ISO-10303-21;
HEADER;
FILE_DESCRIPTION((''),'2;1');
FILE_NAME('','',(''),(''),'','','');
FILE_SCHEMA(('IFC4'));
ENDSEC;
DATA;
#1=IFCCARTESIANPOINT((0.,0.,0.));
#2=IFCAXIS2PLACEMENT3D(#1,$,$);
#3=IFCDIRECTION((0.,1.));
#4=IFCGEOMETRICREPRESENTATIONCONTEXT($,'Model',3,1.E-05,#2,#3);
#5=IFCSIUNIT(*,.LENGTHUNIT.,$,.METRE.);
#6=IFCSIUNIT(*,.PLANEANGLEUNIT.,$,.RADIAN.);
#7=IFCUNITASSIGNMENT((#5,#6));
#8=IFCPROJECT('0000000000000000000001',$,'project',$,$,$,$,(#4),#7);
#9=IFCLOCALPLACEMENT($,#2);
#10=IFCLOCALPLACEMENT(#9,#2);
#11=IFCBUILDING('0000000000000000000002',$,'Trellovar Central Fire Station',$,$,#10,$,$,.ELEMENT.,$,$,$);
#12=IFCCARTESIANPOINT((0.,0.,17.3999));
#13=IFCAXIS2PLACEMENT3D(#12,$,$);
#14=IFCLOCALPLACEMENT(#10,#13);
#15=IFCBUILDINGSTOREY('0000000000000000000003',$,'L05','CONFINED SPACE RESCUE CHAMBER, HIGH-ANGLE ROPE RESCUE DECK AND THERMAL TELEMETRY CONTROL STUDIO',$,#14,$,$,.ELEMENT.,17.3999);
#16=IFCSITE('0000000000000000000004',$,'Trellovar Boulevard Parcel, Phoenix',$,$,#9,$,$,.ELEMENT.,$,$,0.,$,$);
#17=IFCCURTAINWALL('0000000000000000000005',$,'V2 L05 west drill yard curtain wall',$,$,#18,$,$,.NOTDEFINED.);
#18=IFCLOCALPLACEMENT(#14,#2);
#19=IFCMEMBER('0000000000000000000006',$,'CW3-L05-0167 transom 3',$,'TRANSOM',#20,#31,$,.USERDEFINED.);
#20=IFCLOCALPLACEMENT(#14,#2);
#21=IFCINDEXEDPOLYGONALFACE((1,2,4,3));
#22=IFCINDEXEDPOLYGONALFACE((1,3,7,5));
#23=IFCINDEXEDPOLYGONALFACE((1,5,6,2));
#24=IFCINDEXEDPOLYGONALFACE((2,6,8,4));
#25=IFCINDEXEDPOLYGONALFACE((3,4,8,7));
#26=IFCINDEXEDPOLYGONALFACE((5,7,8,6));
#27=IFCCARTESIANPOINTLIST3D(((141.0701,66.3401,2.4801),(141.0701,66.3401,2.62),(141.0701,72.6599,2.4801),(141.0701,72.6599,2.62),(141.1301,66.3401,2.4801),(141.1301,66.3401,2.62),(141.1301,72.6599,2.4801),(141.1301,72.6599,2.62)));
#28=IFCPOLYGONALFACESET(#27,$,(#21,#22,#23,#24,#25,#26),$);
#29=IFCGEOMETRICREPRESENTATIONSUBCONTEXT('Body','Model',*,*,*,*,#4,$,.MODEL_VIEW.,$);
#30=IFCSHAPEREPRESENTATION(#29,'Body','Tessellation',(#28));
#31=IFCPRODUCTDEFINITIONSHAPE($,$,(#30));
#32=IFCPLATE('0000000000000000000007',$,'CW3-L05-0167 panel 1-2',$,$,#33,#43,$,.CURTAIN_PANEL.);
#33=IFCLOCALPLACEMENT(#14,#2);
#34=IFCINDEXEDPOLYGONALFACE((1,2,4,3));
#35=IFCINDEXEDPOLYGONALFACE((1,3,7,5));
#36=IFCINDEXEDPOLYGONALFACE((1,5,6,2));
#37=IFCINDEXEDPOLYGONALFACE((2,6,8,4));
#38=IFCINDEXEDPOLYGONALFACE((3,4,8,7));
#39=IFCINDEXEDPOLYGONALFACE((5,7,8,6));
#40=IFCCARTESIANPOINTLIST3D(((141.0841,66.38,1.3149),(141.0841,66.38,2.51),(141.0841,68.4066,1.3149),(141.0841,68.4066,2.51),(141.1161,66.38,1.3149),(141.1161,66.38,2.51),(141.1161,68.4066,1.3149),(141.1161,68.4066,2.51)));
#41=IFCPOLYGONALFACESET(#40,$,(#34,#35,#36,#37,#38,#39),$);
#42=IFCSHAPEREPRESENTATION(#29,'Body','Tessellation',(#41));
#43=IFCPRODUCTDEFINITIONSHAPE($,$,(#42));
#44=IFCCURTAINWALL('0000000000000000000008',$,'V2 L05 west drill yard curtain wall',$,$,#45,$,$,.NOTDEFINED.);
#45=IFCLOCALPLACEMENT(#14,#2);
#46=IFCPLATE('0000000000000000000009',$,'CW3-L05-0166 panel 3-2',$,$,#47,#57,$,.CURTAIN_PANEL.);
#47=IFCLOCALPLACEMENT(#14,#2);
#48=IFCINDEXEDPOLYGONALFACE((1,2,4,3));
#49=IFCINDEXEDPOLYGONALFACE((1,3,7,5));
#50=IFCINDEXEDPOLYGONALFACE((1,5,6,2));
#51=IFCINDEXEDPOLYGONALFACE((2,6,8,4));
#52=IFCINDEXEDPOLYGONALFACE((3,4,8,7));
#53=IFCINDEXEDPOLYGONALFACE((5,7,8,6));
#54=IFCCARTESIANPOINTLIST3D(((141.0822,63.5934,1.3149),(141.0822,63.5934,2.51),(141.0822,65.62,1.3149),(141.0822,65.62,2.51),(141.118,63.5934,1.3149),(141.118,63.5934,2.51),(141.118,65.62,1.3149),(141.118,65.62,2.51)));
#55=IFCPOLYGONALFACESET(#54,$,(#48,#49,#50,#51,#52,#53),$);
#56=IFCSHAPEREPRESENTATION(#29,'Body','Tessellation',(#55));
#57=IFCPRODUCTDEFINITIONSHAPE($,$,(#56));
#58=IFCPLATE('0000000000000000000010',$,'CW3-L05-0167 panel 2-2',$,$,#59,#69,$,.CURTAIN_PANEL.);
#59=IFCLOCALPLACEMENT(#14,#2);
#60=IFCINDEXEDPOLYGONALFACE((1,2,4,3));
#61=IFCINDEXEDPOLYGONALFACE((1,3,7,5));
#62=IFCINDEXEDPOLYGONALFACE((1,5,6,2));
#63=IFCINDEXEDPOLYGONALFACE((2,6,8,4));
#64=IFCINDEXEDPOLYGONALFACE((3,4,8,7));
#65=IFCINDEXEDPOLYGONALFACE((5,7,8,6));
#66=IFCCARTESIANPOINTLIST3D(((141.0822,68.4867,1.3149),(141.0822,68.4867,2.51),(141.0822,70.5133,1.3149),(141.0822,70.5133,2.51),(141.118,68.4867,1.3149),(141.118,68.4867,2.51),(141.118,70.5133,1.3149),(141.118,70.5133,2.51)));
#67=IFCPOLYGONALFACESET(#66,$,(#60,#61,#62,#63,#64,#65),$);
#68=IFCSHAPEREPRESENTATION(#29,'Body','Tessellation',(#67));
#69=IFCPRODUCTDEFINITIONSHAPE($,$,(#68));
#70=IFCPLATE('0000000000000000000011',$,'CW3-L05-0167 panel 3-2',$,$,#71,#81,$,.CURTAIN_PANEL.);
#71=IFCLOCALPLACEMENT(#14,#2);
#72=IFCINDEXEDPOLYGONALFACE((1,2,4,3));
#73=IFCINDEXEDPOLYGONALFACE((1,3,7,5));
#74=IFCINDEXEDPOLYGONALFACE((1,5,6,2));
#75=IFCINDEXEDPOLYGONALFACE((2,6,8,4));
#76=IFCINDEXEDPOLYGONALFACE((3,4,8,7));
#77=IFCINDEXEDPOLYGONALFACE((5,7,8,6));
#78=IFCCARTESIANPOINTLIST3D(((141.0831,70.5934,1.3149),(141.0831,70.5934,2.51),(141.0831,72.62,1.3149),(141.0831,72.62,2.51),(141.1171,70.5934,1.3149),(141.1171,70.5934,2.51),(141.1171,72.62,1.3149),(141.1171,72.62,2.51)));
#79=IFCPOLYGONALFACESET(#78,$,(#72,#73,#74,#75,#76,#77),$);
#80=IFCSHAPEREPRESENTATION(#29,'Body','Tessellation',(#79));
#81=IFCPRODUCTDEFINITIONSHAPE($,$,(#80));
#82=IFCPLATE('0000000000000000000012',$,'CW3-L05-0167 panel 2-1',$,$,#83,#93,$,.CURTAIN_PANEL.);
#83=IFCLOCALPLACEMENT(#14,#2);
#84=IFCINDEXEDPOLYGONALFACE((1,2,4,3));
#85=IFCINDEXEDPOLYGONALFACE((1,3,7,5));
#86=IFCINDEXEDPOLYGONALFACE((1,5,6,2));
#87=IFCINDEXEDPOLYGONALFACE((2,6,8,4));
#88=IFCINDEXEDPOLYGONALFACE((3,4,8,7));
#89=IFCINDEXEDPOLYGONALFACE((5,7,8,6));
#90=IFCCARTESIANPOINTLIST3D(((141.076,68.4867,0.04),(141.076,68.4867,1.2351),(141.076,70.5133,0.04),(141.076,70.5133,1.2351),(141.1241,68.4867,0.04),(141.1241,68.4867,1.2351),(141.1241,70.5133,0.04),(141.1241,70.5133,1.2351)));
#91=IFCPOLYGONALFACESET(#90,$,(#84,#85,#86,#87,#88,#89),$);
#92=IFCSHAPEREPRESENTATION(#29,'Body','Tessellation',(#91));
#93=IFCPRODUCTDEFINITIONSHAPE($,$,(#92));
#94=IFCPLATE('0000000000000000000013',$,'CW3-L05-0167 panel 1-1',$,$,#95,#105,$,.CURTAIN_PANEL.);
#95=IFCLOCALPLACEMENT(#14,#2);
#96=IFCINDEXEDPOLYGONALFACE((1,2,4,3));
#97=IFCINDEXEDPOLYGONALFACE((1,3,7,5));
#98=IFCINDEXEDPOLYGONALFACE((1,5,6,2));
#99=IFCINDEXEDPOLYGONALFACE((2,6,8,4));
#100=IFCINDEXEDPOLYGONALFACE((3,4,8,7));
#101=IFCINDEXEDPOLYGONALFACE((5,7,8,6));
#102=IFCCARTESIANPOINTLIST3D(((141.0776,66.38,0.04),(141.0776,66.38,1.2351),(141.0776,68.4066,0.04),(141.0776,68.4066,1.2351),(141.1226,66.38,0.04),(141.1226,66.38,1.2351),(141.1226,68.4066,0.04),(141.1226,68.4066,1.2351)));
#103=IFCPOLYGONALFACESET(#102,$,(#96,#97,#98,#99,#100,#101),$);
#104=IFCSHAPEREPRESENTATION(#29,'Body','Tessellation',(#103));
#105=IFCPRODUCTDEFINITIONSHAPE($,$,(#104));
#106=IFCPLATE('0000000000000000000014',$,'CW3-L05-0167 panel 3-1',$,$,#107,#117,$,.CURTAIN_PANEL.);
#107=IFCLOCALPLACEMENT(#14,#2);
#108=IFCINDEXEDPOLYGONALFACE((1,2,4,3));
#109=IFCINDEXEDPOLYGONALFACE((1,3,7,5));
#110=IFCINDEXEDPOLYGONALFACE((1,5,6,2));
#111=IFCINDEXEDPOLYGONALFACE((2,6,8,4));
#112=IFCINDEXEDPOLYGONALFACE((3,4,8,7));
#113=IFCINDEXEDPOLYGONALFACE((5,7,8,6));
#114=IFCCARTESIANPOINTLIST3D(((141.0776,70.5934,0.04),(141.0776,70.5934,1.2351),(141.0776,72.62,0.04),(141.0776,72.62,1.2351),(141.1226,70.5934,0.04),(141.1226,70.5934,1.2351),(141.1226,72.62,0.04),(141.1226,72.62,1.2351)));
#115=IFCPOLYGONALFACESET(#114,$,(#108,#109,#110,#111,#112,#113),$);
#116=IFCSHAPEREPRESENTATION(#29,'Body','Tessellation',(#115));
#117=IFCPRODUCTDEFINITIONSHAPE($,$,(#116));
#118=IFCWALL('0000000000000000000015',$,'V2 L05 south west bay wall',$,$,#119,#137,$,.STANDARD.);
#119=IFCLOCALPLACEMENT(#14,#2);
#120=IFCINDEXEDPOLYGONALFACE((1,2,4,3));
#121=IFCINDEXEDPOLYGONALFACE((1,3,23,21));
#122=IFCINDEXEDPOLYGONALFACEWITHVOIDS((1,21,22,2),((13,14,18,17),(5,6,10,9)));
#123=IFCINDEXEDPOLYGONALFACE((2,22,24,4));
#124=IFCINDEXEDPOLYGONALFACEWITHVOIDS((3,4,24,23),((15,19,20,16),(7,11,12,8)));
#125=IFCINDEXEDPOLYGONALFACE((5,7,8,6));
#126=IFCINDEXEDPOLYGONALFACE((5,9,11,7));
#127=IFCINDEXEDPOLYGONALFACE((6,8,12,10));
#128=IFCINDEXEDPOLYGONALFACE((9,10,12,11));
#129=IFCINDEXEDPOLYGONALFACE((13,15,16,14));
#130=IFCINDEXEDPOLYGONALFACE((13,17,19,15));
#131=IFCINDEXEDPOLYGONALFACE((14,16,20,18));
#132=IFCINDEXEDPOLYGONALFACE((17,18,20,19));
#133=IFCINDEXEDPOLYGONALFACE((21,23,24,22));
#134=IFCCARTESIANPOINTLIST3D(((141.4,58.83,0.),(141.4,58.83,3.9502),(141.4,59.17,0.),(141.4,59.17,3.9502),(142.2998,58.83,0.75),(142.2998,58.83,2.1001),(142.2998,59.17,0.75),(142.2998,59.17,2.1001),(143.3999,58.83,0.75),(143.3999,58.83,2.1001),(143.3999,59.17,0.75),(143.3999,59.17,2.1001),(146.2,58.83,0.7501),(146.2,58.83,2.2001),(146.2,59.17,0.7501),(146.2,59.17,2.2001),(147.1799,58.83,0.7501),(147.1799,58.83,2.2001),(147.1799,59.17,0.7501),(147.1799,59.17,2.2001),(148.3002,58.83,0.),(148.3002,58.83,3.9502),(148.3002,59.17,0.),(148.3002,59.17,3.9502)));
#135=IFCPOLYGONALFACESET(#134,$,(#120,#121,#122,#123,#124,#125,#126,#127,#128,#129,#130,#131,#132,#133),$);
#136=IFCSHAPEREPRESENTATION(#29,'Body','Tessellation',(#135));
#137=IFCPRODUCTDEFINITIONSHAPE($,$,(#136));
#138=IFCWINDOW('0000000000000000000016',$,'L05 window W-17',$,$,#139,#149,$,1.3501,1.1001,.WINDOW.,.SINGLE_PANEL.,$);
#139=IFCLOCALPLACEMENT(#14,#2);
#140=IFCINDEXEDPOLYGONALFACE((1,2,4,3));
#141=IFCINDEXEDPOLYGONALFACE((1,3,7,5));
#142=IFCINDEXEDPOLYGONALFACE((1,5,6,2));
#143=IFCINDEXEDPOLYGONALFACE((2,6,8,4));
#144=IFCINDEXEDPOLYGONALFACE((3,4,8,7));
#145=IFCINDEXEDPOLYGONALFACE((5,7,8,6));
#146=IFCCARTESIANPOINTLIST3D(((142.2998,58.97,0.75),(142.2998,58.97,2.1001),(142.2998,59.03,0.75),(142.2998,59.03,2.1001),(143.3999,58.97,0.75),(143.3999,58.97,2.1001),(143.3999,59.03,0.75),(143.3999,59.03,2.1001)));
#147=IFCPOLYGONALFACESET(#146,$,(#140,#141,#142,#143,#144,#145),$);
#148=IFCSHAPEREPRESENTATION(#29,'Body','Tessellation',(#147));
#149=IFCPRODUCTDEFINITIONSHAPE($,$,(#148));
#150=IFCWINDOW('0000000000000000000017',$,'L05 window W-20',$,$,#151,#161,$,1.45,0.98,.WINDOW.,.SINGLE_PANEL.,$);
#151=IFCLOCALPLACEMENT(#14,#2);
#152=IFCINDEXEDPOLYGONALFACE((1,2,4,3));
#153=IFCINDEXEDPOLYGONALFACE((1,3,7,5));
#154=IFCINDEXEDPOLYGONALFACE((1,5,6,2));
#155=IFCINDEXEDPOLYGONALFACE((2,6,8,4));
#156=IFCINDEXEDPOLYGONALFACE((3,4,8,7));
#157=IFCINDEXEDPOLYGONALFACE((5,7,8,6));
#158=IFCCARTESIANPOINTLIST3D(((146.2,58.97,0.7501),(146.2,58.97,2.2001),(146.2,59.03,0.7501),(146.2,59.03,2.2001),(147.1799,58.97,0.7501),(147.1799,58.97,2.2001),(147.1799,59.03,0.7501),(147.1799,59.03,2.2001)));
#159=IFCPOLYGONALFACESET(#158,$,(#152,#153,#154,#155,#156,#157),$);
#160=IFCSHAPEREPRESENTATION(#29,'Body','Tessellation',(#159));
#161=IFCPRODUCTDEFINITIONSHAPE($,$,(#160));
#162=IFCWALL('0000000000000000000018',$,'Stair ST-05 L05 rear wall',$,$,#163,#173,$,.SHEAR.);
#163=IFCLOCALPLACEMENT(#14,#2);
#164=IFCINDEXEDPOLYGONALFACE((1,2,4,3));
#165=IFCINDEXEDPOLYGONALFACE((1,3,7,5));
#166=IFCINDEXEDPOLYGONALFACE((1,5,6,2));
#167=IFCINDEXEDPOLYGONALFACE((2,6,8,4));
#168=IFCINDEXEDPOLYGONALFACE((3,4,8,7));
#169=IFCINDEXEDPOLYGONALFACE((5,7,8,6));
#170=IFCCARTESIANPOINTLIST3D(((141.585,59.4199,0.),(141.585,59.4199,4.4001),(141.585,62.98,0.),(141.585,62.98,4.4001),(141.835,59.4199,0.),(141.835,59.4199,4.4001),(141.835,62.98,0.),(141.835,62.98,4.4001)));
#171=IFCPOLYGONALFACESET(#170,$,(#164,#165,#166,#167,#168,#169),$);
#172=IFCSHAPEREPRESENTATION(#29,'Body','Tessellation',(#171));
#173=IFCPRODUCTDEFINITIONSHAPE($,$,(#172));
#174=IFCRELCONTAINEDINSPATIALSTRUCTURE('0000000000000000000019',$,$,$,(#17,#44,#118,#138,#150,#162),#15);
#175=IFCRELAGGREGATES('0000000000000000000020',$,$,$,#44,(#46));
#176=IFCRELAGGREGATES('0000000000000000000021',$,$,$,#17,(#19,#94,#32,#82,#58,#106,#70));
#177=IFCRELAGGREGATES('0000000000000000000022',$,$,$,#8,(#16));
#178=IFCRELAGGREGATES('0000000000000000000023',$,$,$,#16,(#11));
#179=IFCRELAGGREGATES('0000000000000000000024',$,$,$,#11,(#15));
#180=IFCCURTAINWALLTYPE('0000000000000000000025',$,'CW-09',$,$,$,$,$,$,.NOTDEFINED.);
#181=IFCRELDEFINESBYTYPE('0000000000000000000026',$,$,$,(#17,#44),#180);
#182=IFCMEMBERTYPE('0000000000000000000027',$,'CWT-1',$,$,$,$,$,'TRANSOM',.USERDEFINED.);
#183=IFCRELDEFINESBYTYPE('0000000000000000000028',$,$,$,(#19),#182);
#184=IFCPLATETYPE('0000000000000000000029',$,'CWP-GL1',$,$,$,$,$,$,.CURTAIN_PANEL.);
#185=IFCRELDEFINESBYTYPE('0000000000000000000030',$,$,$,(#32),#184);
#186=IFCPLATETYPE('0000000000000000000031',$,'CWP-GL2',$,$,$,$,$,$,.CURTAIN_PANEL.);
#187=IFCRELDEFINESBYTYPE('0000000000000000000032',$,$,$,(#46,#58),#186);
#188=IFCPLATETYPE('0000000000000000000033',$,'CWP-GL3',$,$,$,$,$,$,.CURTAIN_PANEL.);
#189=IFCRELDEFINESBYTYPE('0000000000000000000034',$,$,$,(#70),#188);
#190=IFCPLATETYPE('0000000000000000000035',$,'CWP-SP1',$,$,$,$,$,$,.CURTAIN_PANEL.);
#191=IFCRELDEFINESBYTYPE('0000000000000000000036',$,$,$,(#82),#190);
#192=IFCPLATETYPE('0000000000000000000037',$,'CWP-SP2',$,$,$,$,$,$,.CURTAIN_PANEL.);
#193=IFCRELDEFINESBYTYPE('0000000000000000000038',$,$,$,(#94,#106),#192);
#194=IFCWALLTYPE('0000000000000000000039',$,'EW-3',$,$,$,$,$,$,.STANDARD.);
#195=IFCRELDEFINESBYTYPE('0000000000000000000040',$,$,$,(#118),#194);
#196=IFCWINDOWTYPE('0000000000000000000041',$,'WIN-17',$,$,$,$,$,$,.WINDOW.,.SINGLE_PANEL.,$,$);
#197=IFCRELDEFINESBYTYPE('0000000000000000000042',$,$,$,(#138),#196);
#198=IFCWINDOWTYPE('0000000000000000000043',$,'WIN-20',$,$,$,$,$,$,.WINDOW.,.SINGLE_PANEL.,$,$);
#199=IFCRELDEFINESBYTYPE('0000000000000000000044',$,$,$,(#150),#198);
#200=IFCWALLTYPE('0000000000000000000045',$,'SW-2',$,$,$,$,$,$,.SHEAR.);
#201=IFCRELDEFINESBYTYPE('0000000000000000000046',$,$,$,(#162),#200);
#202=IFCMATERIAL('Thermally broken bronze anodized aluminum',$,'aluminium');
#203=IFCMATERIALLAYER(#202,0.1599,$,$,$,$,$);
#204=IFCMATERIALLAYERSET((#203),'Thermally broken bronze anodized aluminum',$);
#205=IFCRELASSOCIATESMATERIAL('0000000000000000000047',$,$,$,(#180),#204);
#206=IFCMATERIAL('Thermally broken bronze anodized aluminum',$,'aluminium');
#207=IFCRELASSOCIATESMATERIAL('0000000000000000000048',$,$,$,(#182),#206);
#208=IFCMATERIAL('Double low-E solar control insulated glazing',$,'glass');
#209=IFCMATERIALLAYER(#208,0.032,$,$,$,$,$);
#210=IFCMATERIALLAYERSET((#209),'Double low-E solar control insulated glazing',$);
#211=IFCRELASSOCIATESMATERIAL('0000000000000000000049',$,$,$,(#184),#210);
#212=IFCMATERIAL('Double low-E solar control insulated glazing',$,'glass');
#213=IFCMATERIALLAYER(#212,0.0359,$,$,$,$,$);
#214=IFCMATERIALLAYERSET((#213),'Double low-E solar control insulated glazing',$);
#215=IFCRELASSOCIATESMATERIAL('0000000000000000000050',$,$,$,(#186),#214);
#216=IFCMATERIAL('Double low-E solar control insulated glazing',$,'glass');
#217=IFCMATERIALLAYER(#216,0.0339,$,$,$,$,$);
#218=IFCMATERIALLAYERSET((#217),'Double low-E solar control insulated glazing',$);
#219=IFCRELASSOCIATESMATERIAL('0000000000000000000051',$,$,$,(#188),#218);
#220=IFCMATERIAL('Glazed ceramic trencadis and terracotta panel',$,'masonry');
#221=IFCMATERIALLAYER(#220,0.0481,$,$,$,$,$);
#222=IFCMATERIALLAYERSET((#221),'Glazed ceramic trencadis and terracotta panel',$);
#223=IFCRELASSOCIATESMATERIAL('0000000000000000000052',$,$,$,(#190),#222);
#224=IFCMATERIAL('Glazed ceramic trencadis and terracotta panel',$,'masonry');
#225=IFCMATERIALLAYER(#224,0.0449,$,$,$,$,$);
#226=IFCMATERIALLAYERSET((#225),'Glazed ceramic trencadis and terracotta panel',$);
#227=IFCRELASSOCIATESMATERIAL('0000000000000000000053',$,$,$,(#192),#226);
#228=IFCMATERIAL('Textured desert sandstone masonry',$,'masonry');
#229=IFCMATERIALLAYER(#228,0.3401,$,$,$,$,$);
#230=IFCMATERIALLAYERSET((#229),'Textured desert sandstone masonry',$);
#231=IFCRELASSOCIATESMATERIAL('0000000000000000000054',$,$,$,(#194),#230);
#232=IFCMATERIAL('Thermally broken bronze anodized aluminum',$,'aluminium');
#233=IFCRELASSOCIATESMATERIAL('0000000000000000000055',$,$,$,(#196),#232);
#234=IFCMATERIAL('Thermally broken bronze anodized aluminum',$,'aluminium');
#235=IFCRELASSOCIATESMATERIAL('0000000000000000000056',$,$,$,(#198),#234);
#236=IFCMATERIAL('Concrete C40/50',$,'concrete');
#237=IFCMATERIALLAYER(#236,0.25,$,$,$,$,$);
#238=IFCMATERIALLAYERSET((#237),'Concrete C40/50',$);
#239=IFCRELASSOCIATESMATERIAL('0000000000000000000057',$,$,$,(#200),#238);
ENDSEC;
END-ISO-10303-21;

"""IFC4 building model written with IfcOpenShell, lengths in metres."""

from ifc_helpers import new_model, si_unit, direction, frame, frame_2d, origin, origin_2d, place, context, subcontext, project, spatial, rectangle, extrude, material, layer, layer_set, material_profile, profile_set, type_object, element, fill, aggregate, save


model = new_model("IFC4")

# Units and contexts
model_context = context("Model", 3, precision=1e-05, world=origin(), true_north=direction((0.0, 1.0)))
body_context = subcontext(model_context, "Body", "Model", "MODEL_VIEW")
ifc_project = project(units=[si_unit("LENGTHUNIT", "METRE"), si_unit("PLANEANGLEUNIT", "RADIAN")], contexts=[model_context])

# Site, building, storey
site_placement = place(None, origin())
site = spatial("IfcSite", under=ifc_project, at=site_placement, Name="Trellovar Boulevard Parcel, Phoenix", CompositionType="ELEMENT", RefElevation=0.0)
building_placement = place(site_placement, origin())
building = spatial("IfcBuilding", under=site, at=building_placement, Name="Trellovar Central Fire Station", CompositionType="ELEMENT")
storey_placement = place(building_placement, frame((0.0, 0.0, 17.3999)))
storey = spatial("IfcBuildingStorey", under=building, at=storey_placement, Name="L05", Description="CONFINED SPACE RESCUE CHAMBER, HIGH-ANGLE ROPE RESCUE DECK AND THERMAL TELEMETRY CONTROL STUDIO", CompositionType="ELEMENT", Elevation=17.3999)

# Curtain wall, member, plate
ifc_material_1 = material(Name="Thermally broken bronze anodized aluminum", Category="aluminium")
ifc_layer_1 = layer(ifc_material_1, 0.1599)
ifc_layer_set_1 = layer_set([ifc_layer_1], Name="Thermally broken bronze anodized aluminum")
curtain_wall_type = type_object("IfcCurtainWallType", Name="CW-09", PredefinedType="NOTDEFINED", material=ifc_layer_set_1)
curtain_wall_1_placement = place(storey_placement, origin())
curtain_wall_1 = element("IfcCurtainWall", 1, at=curtain_wall_1_placement, inside=storey, type_object=curtain_wall_type, Name="V2 L05 west drill yard curtain wall", PredefinedType="NOTDEFINED")
ifc_material_2 = material(Name="Thermally broken bronze anodized aluminum", Category="aluminium")
ifc_material_profile_1 = material_profile(ifc_material_2, rectangle(XDim=0.0601, YDim=0.1399, at=origin_2d()), Name="ALU60X140")
ifc_profile_set_1 = profile_set([ifc_material_profile_1], Name="Thermally broken bronze anodized aluminum")
member_type_1 = type_object("IfcMemberType", Name="CWT-1", ElementType="TRANSOM", PredefinedType="USERDEFINED", material=ifc_profile_set_1)
member_1_placement = place(storey_placement, frame((141.1001, 66.3401, 2.55), z_axis=(0.0, 1.0, 0.0), x_axis=(-1.0, 0.0, 0.0)))
member_1 = element("IfcMember", 2, at=member_1_placement, type_object=member_type_1, Name="CW3-L05-0167 transom 3", ObjectType="TRANSOM", PredefinedType="USERDEFINED", context=body_context, shape_type="SweptSolid", body=[
    extrude(rectangle(XDim=0.0601, YDim=0.1399, at=origin_2d()), origin(), (0.0, 0.0, 1.0), 6.3198),
])
ifc_material_3 = material(Name="Double low-E solar control insulated glazing", Category="glass")
ifc_layer_2 = layer(ifc_material_3, 0.032)
ifc_layer_set_2 = layer_set([ifc_layer_2], Name="Double low-E solar control insulated glazing")
plate_type_1 = type_object("IfcPlateType", Name="CWP-GL1", PredefinedType="CURTAIN_PANEL", material=ifc_layer_set_2)
plate_1_placement = place(storey_placement, frame((141.1001, 67.3933, 1.3149), z_axis=(0.0, 0.0, 1.0), x_axis=(0.0, 1.0, 0.0)))
plate_1 = element("IfcPlate", 3, at=plate_1_placement, type_object=plate_type_1, Name="CW3-L05-0167 panel 1-2", PredefinedType="CURTAIN_PANEL", context=body_context, shape_type="SweptSolid", body=[
    extrude(rectangle(XDim=2.0266, YDim=0.032, at=origin_2d()), origin(), (0.0, 0.0, 1.0), 1.1951),
])

# Curtain wall, plate
curtain_wall_2_placement = place(storey_placement, origin())
curtain_wall_2 = element("IfcCurtainWall", 4, at=curtain_wall_2_placement, inside=storey, type_object=curtain_wall_type, Name="V2 L05 west drill yard curtain wall", PredefinedType="NOTDEFINED")
ifc_material_4 = material(Name="Double low-E solar control insulated glazing", Category="glass")
ifc_layer_3 = layer(ifc_material_4, 0.0359)
ifc_layer_set_3 = layer_set([ifc_layer_3], Name="Double low-E solar control insulated glazing")
plate_type_2 = type_object("IfcPlateType", Name="CWP-GL2", PredefinedType="CURTAIN_PANEL", material=ifc_layer_set_3)
plate_2_placement = place(storey_placement, frame((141.1001, 64.6067, 1.3149), z_axis=(0.0, 0.0, 1.0), x_axis=(0.0, 1.0, 0.0)))
plate_2 = element("IfcPlate", 5, at=plate_2_placement, type_object=plate_type_2, Name="CW3-L05-0166 panel 3-2", PredefinedType="CURTAIN_PANEL", context=body_context, shape_type="SweptSolid", body=[
    extrude(rectangle(XDim=2.0266, YDim=0.0359, at=origin_2d()), origin(), (0.0, 0.0, 1.0), 1.1951),
])
aggregate(curtain_wall_2, [plate_2])

# Plates
plate_3_placement = place(storey_placement, frame((141.1001, 69.5, 1.3149), z_axis=(0.0, 0.0, 1.0), x_axis=(0.0, 1.0, 0.0)))
plate_3 = element("IfcPlate", 6, at=plate_3_placement, type_object=plate_type_2, Name="CW3-L05-0167 panel 2-2", PredefinedType="CURTAIN_PANEL", context=body_context, shape_type="SweptSolid", body=[
    extrude(rectangle(XDim=2.0266, YDim=0.0359, at=origin_2d()), origin(), (0.0, 0.0, 1.0), 1.1951),
])
ifc_material_5 = material(Name="Double low-E solar control insulated glazing", Category="glass")
ifc_layer_4 = layer(ifc_material_5, 0.0339)
ifc_layer_set_4 = layer_set([ifc_layer_4], Name="Double low-E solar control insulated glazing")
plate_type_3 = type_object("IfcPlateType", Name="CWP-GL3", PredefinedType="CURTAIN_PANEL", material=ifc_layer_set_4)
plate_4_placement = place(storey_placement, frame((141.1001, 71.6067, 1.3149), z_axis=(0.0, 0.0, 1.0), x_axis=(0.0, 1.0, 0.0)))
plate_4 = element("IfcPlate", 7, at=plate_4_placement, type_object=plate_type_3, Name="CW3-L05-0167 panel 3-2", PredefinedType="CURTAIN_PANEL", context=body_context, shape_type="SweptSolid", body=[
    extrude(rectangle(XDim=2.0266, YDim=0.0339, at=origin_2d()), origin(), (0.0, 0.0, 1.0), 1.1951),
])
ifc_material_6 = material(Name="Glazed ceramic trencadis and terracotta panel", Category="masonry")
ifc_layer_5 = layer(ifc_material_6, 0.0481)
ifc_layer_set_5 = layer_set([ifc_layer_5], Name="Glazed ceramic trencadis and terracotta panel")
plate_type_4 = type_object("IfcPlateType", Name="CWP-SP1", PredefinedType="CURTAIN_PANEL", material=ifc_layer_set_5)
plate_5_placement = place(storey_placement, frame((141.1001, 69.5, 0.04), z_axis=(0.0, 0.0, 1.0), x_axis=(0.0, 1.0, 0.0)))
plate_5 = element("IfcPlate", 8, at=plate_5_placement, type_object=plate_type_4, Name="CW3-L05-0167 panel 2-1", PredefinedType="CURTAIN_PANEL", context=body_context, shape_type="SweptSolid", body=[
    extrude(rectangle(XDim=2.0266, YDim=0.0481, at=origin_2d()), origin(), (0.0, 0.0, 1.0), 1.1951),
])
ifc_material_7 = material(Name="Glazed ceramic trencadis and terracotta panel", Category="masonry")
ifc_layer_6 = layer(ifc_material_7, 0.0449)
ifc_layer_set_6 = layer_set([ifc_layer_6], Name="Glazed ceramic trencadis and terracotta panel")
plate_type_5 = type_object("IfcPlateType", Name="CWP-SP2", PredefinedType="CURTAIN_PANEL", material=ifc_layer_set_6)
plate_6_placement = place(storey_placement, frame((141.1001, 67.3933, 0.04), z_axis=(0.0, 0.0, 1.0), x_axis=(0.0, 1.0, 0.0)))
plate_6 = element("IfcPlate", 9, at=plate_6_placement, type_object=plate_type_5, Name="CW3-L05-0167 panel 1-1", PredefinedType="CURTAIN_PANEL", context=body_context, shape_type="SweptSolid", body=[
    extrude(rectangle(XDim=2.0266, YDim=0.0449, at=origin_2d()), origin(), (0.0, 0.0, 1.0), 1.1951),
])
plate_7_placement = place(storey_placement, frame((141.1001, 71.6067, 0.04), z_axis=(0.0, 0.0, 1.0), x_axis=(0.0, 1.0, 0.0)))
plate_7 = element("IfcPlate", 10, at=plate_7_placement, type_object=plate_type_5, Name="CW3-L05-0167 panel 3-1", PredefinedType="CURTAIN_PANEL", context=body_context, shape_type="SweptSolid", body=[
    extrude(rectangle(XDim=2.0266, YDim=0.0449, at=origin_2d()), origin(), (0.0, 0.0, 1.0), 1.1951),
])
aggregate(curtain_wall_1, [member_1, plate_6, plate_1, plate_5, plate_3, plate_7, plate_4])

# Wall, openings, windows
ifc_material_8 = material(Name="Textured desert sandstone masonry", Category="masonry")
ifc_layer_7 = layer(ifc_material_8, 0.3401)
ifc_layer_set_7 = layer_set([ifc_layer_7], Name="Textured desert sandstone masonry")
wall_type_1 = type_object("IfcWallType", Name="EW-3", PredefinedType="STANDARD", material=ifc_layer_set_7)
wall_1_placement = place(storey_placement, frame((141.3999, 59.0, 0.0), z_axis=(0.0, 0.0, 1.0), x_axis=(1.0, 0.0, 0.0)))
wall_1 = element("IfcWall", 11, at=wall_1_placement, inside=storey, type_object=wall_type_1, Name="V2 L05 south west bay wall", PredefinedType="STANDARD", context=body_context, shape_type="SweptSolid", body=[
    extrude(rectangle(XDim=6.9001, YDim=0.3401, at=frame_2d((3.4502, 0.0))), origin(), (0.0, 0.0, 1.0), 3.9502),
])
opening_1_placement = place(wall_1_placement, frame((0.8999, 0.0, 0.75)))
opening_1 = element("IfcOpeningElement", 12, at=opening_1_placement, cuts=wall_1, PredefinedType="OPENING", context=body_context, shape_type="SweptSolid", body=[
    extrude(rectangle(XDim=1.1001, YDim=1.3501, at=frame_2d((0.55, 0.675))), frame((0.0, 0.1799, 0.0), z_axis=(0.0, -1.0, 0.0), x_axis=(1.0, 0.0, 0.0)), (0.0, 0.0, 1.0), 0.3601),
])
opening_2_placement = place(wall_1_placement, frame((4.8, 0.0, 0.75)))
opening_2 = element("IfcOpeningElement", 13, at=opening_2_placement, cuts=wall_1, PredefinedType="OPENING", context=body_context, shape_type="SweptSolid", body=[
    extrude(rectangle(XDim=0.98, YDim=1.45, at=frame_2d((0.49, 0.7251))), frame((0.0, 0.1799, 0.0), z_axis=(0.0, -1.0, 0.0), x_axis=(1.0, 0.0, 0.0)), (0.0, 0.0, 1.0), 0.3601),
])
ifc_material_9 = material(Name="Thermally broken bronze anodized aluminum", Category="aluminium")
window_type_1 = type_object("IfcWindowType", Name="WIN-17", PartitioningType="SINGLE_PANEL", PredefinedType="WINDOW", material=ifc_material_9)
window_1_placement = place(opening_1_placement, origin())
window_1 = element("IfcWindow", 14, at=window_1_placement, inside=storey, type_object=window_type_1, Name="L05 window W-17", OverallHeight=1.3501, OverallWidth=1.1001, PartitioningType="SINGLE_PANEL", PredefinedType="WINDOW", context=body_context, shape_type="SweptSolid", body=[
    extrude(rectangle(XDim=1.1001, YDim=1.3501, at=frame_2d((0.55, 0.675))), frame((0.0, 0.03, 0.0), z_axis=(0.0, -1.0, 0.0), x_axis=(1.0, 0.0, 0.0)), (0.0, 0.0, 1.0), 0.0601),
])
fill(opening_1, window_1)
ifc_material_10 = material(Name="Thermally broken bronze anodized aluminum", Category="aluminium")
window_type_2 = type_object("IfcWindowType", Name="WIN-20", PartitioningType="SINGLE_PANEL", PredefinedType="WINDOW", material=ifc_material_10)
window_2_placement = place(opening_2_placement, origin())
window_2 = element("IfcWindow", 15, at=window_2_placement, inside=storey, type_object=window_type_2, Name="L05 window W-20", OverallHeight=1.45, OverallWidth=0.98, PartitioningType="SINGLE_PANEL", PredefinedType="WINDOW", context=body_context, shape_type="SweptSolid", body=[
    extrude(rectangle(XDim=0.98, YDim=1.45, at=frame_2d((0.49, 0.7251))), frame((0.0, 0.03, 0.0), z_axis=(0.0, -1.0, 0.0), x_axis=(1.0, 0.0, 0.0)), (0.0, 0.0, 1.0), 0.0601),
])
fill(opening_2, window_2)

# Wall
ifc_material_11 = material(Name="Concrete C40/50", Category="concrete")
ifc_layer_8 = layer(ifc_material_11, 0.25)
ifc_layer_set_8 = layer_set([ifc_layer_8], Name="Concrete C40/50")
wall_type_2 = type_object("IfcWallType", Name="SW-2", PredefinedType="SHEAR", material=ifc_layer_set_8)
wall_2_placement = place(storey_placement, frame((141.71, 59.4199, 0.0), z_axis=(0.0, 0.0, 1.0), x_axis=(0.0, 1.0, 0.0)))
element("IfcWall", 16, at=wall_2_placement, inside=storey, type_object=wall_type_2, Name="Stair ST-05 L05 rear wall", PredefinedType="SHEAR", context=body_context, shape_type="SweptSolid", body=[
    extrude(rectangle(XDim=3.5601, YDim=0.25, at=frame_2d((1.78, 0.0))), origin(), (0.0, 0.0, 1.0), 4.4001),
])

save(model, "model.ifc")
